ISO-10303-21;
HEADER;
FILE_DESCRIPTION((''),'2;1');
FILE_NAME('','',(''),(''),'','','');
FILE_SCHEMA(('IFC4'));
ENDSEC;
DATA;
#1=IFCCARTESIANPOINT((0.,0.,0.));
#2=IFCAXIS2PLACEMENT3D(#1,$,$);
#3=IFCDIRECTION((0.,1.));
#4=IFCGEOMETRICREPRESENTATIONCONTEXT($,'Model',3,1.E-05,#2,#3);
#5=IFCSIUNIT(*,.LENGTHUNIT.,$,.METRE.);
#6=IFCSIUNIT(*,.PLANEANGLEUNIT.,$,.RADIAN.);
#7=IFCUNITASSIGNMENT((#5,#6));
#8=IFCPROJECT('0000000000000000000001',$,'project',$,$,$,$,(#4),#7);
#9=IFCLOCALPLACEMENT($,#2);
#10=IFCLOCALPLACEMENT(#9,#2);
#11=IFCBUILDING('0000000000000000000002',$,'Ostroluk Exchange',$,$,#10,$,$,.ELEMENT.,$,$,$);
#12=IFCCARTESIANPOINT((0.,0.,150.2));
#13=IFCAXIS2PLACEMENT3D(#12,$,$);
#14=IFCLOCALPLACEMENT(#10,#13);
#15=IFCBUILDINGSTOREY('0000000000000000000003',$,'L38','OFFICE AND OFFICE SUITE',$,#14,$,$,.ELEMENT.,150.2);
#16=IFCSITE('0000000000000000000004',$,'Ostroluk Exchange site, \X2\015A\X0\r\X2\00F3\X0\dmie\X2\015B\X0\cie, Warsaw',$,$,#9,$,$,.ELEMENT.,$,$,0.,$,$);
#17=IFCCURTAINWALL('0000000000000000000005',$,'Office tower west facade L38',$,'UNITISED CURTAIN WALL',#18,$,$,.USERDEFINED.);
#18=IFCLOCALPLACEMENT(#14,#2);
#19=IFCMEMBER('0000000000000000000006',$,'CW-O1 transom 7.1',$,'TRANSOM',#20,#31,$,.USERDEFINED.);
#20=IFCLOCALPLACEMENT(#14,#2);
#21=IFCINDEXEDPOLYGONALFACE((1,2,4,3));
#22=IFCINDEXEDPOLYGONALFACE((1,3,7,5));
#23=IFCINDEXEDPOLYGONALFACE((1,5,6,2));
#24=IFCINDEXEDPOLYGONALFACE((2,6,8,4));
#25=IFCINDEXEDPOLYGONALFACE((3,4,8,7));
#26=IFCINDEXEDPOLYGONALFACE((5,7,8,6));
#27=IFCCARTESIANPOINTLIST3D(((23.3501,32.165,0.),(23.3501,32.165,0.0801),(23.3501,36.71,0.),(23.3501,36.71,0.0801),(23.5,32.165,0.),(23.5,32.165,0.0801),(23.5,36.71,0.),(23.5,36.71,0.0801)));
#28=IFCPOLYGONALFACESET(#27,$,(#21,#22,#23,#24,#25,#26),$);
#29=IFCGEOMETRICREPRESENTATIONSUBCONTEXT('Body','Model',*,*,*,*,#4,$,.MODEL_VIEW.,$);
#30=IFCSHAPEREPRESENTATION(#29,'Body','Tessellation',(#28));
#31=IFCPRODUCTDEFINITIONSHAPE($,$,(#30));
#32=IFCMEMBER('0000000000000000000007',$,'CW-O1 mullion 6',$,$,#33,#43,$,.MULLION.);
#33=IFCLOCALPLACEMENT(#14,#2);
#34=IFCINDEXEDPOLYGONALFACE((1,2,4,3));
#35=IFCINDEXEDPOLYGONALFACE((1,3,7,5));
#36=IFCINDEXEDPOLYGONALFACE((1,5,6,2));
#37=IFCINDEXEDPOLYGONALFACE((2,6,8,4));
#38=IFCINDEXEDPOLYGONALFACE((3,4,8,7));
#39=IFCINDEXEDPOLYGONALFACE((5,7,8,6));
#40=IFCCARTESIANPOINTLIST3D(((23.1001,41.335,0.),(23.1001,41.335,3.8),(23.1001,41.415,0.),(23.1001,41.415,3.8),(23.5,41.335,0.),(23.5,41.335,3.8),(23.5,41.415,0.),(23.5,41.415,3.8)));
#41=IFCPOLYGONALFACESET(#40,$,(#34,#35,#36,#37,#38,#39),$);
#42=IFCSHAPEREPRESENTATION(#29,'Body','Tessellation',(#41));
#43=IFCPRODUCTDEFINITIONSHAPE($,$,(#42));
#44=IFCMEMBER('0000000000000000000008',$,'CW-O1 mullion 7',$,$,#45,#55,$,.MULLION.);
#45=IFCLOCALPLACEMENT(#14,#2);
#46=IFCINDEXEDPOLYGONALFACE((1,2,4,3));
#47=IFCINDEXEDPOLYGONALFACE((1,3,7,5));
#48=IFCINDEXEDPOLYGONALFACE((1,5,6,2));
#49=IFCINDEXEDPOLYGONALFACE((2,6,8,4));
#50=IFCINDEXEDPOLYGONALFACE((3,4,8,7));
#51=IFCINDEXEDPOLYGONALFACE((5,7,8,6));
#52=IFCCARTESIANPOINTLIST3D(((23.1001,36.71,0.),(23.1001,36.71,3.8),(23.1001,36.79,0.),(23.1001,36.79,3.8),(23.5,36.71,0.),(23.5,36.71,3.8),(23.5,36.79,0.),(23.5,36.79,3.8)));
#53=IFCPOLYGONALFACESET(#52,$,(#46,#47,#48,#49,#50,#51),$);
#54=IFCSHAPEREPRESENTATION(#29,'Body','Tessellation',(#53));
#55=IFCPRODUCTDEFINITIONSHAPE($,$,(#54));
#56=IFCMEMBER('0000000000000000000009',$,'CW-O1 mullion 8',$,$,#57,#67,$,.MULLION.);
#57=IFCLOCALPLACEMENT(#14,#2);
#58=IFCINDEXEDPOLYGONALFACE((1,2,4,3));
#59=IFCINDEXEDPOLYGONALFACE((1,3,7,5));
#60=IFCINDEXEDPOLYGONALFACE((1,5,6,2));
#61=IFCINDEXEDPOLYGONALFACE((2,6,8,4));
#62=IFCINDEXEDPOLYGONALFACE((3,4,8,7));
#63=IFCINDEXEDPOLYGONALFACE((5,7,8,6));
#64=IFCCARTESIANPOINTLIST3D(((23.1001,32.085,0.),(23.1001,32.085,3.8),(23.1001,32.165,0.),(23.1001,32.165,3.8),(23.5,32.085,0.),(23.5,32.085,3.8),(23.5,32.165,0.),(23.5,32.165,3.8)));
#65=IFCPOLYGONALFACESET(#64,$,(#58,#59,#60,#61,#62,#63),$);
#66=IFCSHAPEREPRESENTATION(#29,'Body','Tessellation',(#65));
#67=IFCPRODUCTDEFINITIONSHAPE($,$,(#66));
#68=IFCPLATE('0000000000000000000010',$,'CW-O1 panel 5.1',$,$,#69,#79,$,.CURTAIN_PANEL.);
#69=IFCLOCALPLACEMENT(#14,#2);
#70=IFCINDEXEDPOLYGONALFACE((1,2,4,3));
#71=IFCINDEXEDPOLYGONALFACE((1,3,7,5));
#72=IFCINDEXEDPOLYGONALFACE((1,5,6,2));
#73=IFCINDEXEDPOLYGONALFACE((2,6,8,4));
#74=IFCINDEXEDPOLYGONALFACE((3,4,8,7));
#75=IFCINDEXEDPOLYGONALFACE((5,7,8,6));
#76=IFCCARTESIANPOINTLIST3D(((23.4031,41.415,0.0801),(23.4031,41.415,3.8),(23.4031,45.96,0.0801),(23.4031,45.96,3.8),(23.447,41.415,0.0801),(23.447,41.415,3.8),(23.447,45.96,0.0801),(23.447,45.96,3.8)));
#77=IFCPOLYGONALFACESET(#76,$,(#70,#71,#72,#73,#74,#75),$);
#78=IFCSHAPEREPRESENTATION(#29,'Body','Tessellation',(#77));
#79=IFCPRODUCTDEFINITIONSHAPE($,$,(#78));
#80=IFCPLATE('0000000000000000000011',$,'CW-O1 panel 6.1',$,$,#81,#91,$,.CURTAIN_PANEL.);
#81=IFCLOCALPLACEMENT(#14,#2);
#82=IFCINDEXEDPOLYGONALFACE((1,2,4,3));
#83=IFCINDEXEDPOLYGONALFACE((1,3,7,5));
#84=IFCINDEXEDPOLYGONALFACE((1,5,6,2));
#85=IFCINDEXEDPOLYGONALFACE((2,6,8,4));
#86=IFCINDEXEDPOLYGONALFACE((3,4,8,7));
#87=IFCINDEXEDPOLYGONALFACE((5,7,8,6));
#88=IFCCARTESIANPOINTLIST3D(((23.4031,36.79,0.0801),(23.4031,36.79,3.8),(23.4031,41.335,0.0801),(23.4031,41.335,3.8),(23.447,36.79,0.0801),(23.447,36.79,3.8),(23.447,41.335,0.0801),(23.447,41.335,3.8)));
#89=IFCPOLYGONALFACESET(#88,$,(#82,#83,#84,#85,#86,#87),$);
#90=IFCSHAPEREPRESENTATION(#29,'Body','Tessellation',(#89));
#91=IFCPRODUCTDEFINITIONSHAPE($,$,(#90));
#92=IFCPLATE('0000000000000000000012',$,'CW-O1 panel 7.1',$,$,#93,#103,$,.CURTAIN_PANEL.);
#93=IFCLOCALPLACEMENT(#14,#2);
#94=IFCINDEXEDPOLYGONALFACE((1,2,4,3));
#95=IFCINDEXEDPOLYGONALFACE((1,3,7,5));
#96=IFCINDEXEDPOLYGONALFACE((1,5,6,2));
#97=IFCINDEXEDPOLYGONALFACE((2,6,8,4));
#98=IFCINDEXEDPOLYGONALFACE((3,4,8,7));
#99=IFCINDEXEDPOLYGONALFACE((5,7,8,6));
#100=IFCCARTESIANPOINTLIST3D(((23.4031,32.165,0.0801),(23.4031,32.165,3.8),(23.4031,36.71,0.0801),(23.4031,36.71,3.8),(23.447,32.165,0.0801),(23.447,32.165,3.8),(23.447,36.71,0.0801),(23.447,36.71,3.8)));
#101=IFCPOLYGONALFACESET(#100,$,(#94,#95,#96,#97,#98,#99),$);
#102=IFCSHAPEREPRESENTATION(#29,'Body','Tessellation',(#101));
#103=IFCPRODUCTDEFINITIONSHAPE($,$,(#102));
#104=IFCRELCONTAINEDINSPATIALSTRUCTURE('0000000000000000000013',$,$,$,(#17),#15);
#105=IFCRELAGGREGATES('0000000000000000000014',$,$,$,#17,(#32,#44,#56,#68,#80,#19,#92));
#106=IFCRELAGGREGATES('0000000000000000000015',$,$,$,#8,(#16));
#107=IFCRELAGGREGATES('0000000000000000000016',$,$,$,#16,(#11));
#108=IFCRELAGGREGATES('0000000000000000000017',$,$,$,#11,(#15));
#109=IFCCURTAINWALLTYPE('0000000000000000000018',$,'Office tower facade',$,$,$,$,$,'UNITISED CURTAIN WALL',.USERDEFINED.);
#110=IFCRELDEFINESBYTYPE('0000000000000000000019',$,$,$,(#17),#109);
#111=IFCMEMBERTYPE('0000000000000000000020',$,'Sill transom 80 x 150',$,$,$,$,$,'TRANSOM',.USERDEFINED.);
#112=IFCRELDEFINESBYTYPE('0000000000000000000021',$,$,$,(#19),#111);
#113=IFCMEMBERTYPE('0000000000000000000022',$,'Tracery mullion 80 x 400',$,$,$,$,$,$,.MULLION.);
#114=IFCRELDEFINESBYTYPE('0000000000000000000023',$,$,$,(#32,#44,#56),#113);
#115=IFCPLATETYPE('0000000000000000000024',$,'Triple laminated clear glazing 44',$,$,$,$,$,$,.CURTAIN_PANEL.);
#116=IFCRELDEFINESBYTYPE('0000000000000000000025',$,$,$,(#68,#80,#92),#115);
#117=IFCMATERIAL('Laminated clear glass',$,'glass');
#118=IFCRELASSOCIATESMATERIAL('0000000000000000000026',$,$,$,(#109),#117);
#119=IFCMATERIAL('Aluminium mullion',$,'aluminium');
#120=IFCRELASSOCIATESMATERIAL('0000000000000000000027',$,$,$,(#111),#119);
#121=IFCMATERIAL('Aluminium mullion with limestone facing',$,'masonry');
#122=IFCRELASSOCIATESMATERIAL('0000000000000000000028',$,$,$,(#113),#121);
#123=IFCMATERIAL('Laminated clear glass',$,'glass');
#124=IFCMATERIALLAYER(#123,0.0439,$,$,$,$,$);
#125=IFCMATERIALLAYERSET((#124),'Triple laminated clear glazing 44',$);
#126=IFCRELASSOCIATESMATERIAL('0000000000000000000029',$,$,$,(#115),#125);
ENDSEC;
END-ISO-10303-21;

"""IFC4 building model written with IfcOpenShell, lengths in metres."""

from ifc_helpers import new_model, si_unit, direction, frame, origin, origin_2d, place, context, subcontext, project, spatial, rectangle, extrude, material, layer, layer_set, material_profile, profile_set, type_object, element, aggregate, save


model = new_model("IFC4")

# Units and contexts
model_context = context("Model", 3, precision=1e-05, world=origin(), true_north=direction((0.0, 1.0)))
body_context = subcontext(model_context, "Body", "Model", "MODEL_VIEW")
ifc_project = project(units=[si_unit("LENGTHUNIT", "METRE"), si_unit("PLANEANGLEUNIT", "RADIAN")], contexts=[model_context])

# Site, building, storey
site_placement = place(None, origin())
site = spatial("IfcSite", under=ifc_project, at=site_placement, Name="Ostroluk Exchange site, Śródmieście, Warsaw", CompositionType="ELEMENT", RefElevation=0.0)
building_placement = place(site_placement, origin())
building = spatial("IfcBuilding", under=site, at=building_placement, Name="Ostroluk Exchange", CompositionType="ELEMENT")
storey_placement = place(building_placement, frame((0.0, 0.0, 150.2)))
storey = spatial("IfcBuildingStorey", under=building, at=storey_placement, Name="L38", Description="OFFICE AND OFFICE SUITE", CompositionType="ELEMENT", Elevation=150.2)

# Curtain wall, members, plates
ifc_material_1 = material(Name="Laminated clear glass", Category="glass")
curtain_wall_type = type_object("IfcCurtainWallType", Name="Office tower facade", ElementType="UNITISED CURTAIN WALL", PredefinedType="USERDEFINED", material=ifc_material_1)
curtain_wall_placement = place(storey_placement, origin())
curtain_wall = element("IfcCurtainWall", 1, at=curtain_wall_placement, inside=storey, type_object=curtain_wall_type, Name="Office tower west facade L38", ObjectType="UNITISED CURTAIN WALL", PredefinedType="USERDEFINED")
ifc_material_2 = material(Name="Aluminium mullion", Category="aluminium")
ifc_material_profile_1 = material_profile(ifc_material_2, rectangle(XDim=0.1499, YDim=0.0801, at=origin_2d()), Name="Sill transom 80 x 150")
ifc_profile_set_1 = profile_set([ifc_material_profile_1], Name="Aluminium mullion")
member_type_1 = type_object("IfcMemberType", Name="Sill transom 80 x 150", ElementType="TRANSOM", PredefinedType="USERDEFINED", material=ifc_profile_set_1)
member_1_placement = place(storey_placement, frame((23.425, 36.71, 0.04), z_axis=(0.0, -1.0, 0.0), x_axis=(1.0, 0.0, 0.0)))
member_1 = element("IfcMember", 2, at=member_1_placement, type_object=member_type_1, Name="CW-O1 transom 7.1", ObjectType="TRANSOM", PredefinedType="USERDEFINED", context=body_context, shape_type="SweptSolid", body=[
    extrude(rectangle(XDim=0.1499, YDim=0.0801, at=origin_2d()), origin(), (0.0, 0.0, 1.0), 4.5449),
])
ifc_material_3 = material(Name="Aluminium mullion with limestone facing", Category="masonry")
ifc_material_profile_2 = material_profile(ifc_material_3, rectangle(XDim=0.3999, YDim=0.0801, at=origin_2d()), Name="Tracery mullion 80 x 400")
ifc_profile_set_2 = profile_set([ifc_material_profile_2], Name="Aluminium mullion with limestone facing")
member_type_2 = type_object("IfcMemberType", Name="Tracery mullion 80 x 400", PredefinedType="MULLION", material=ifc_profile_set_2)
member_2_placement = place(storey_placement, frame((23.3, 41.375, 0.0), z_axis=(0.0, 0.0, 1.0), x_axis=(1.0, 0.0, 0.0)))
member_2 = element("IfcMember", 3, at=member_2_placement, type_object=member_type_2, Name="CW-O1 mullion 6", PredefinedType="MULLION", context=body_context, shape_type="SweptSolid", body=[
    extrude(rectangle(XDim=0.3999, YDim=0.0801, at=origin_2d()), origin(), (0.0, 0.0, 1.0), 3.8),
])
member_3_placement = place(storey_placement, frame((23.3, 36.75, 0.0), z_axis=(0.0, 0.0, 1.0), x_axis=(1.0, 0.0, 0.0)))
member_3 = element("IfcMember", 4, at=member_3_placement, type_object=member_type_2, Name="CW-O1 mullion 7", PredefinedType="MULLION", context=body_context, shape_type="SweptSolid", body=[
    extrude(rectangle(XDim=0.3999, YDim=0.0801, at=origin_2d()), origin(), (0.0, 0.0, 1.0), 3.8),
])
member_4_placement = place(storey_placement, frame((23.3, 32.125, 0.0), z_axis=(0.0, 0.0, 1.0), x_axis=(1.0, 0.0, 0.0)))
member_4 = element("IfcMember", 5, at=member_4_placement, type_object=member_type_2, Name="CW-O1 mullion 8", PredefinedType="MULLION", context=body_context, shape_type="SweptSolid", body=[
    extrude(rectangle(XDim=0.3999, YDim=0.0801, at=origin_2d()), origin(), (0.0, 0.0, 1.0), 3.8),
])
ifc_material_4 = material(Name="Laminated clear glass", Category="glass")
ifc_layer_1 = layer(ifc_material_4, 0.0439)
ifc_layer_set_1 = layer_set([ifc_layer_1], Name="Triple laminated clear glazing 44")
plate_type = type_object("IfcPlateType", Name="Triple laminated clear glazing 44", PredefinedType="CURTAIN_PANEL", material=ifc_layer_set_1)
plate_1_placement = place(storey_placement, frame((23.425, 43.6875, 0.0801), z_axis=(0.0, 0.0, 1.0), x_axis=(0.0, -1.0, 0.0)))
plate_1 = element("IfcPlate", 6, at=plate_1_placement, type_object=plate_type, Name="CW-O1 panel 5.1", PredefinedType="CURTAIN_PANEL", context=body_context, shape_type="SweptSolid", body=[
    extrude(rectangle(XDim=4.5449, YDim=0.0439, at=origin_2d()), origin(), (0.0, 0.0, 1.0), 3.72),
])
plate_2_placement = place(storey_placement, frame((23.425, 39.0625, 0.0801), z_axis=(0.0, 0.0, 1.0), x_axis=(0.0, -1.0, 0.0)))
plate_2 = element("IfcPlate", 7, at=plate_2_placement, type_object=plate_type, Name="CW-O1 panel 6.1", PredefinedType="CURTAIN_PANEL", context=body_context, shape_type="SweptSolid", body=[
    extrude(rectangle(XDim=4.5449, YDim=0.0439, at=origin_2d()), origin(), (0.0, 0.0, 1.0), 3.72),
])
plate_3_placement = place(storey_placement, frame((23.425, 34.4375, 0.0801), z_axis=(0.0, 0.0, 1.0), x_axis=(0.0, -1.0, 0.0)))
plate_3 = element("IfcPlate", 8, at=plate_3_placement, type_object=plate_type, Name="CW-O1 panel 7.1", PredefinedType="CURTAIN_PANEL", context=body_context, shape_type="SweptSolid", body=[
    extrude(rectangle(XDim=4.5449, YDim=0.0439, at=origin_2d()), origin(), (0.0, 0.0, 1.0), 3.72),
])
aggregate(curtain_wall, [member_2, member_3, member_4, plate_1, plate_2, member_1, plate_3])

save(model, "model.ifc")
